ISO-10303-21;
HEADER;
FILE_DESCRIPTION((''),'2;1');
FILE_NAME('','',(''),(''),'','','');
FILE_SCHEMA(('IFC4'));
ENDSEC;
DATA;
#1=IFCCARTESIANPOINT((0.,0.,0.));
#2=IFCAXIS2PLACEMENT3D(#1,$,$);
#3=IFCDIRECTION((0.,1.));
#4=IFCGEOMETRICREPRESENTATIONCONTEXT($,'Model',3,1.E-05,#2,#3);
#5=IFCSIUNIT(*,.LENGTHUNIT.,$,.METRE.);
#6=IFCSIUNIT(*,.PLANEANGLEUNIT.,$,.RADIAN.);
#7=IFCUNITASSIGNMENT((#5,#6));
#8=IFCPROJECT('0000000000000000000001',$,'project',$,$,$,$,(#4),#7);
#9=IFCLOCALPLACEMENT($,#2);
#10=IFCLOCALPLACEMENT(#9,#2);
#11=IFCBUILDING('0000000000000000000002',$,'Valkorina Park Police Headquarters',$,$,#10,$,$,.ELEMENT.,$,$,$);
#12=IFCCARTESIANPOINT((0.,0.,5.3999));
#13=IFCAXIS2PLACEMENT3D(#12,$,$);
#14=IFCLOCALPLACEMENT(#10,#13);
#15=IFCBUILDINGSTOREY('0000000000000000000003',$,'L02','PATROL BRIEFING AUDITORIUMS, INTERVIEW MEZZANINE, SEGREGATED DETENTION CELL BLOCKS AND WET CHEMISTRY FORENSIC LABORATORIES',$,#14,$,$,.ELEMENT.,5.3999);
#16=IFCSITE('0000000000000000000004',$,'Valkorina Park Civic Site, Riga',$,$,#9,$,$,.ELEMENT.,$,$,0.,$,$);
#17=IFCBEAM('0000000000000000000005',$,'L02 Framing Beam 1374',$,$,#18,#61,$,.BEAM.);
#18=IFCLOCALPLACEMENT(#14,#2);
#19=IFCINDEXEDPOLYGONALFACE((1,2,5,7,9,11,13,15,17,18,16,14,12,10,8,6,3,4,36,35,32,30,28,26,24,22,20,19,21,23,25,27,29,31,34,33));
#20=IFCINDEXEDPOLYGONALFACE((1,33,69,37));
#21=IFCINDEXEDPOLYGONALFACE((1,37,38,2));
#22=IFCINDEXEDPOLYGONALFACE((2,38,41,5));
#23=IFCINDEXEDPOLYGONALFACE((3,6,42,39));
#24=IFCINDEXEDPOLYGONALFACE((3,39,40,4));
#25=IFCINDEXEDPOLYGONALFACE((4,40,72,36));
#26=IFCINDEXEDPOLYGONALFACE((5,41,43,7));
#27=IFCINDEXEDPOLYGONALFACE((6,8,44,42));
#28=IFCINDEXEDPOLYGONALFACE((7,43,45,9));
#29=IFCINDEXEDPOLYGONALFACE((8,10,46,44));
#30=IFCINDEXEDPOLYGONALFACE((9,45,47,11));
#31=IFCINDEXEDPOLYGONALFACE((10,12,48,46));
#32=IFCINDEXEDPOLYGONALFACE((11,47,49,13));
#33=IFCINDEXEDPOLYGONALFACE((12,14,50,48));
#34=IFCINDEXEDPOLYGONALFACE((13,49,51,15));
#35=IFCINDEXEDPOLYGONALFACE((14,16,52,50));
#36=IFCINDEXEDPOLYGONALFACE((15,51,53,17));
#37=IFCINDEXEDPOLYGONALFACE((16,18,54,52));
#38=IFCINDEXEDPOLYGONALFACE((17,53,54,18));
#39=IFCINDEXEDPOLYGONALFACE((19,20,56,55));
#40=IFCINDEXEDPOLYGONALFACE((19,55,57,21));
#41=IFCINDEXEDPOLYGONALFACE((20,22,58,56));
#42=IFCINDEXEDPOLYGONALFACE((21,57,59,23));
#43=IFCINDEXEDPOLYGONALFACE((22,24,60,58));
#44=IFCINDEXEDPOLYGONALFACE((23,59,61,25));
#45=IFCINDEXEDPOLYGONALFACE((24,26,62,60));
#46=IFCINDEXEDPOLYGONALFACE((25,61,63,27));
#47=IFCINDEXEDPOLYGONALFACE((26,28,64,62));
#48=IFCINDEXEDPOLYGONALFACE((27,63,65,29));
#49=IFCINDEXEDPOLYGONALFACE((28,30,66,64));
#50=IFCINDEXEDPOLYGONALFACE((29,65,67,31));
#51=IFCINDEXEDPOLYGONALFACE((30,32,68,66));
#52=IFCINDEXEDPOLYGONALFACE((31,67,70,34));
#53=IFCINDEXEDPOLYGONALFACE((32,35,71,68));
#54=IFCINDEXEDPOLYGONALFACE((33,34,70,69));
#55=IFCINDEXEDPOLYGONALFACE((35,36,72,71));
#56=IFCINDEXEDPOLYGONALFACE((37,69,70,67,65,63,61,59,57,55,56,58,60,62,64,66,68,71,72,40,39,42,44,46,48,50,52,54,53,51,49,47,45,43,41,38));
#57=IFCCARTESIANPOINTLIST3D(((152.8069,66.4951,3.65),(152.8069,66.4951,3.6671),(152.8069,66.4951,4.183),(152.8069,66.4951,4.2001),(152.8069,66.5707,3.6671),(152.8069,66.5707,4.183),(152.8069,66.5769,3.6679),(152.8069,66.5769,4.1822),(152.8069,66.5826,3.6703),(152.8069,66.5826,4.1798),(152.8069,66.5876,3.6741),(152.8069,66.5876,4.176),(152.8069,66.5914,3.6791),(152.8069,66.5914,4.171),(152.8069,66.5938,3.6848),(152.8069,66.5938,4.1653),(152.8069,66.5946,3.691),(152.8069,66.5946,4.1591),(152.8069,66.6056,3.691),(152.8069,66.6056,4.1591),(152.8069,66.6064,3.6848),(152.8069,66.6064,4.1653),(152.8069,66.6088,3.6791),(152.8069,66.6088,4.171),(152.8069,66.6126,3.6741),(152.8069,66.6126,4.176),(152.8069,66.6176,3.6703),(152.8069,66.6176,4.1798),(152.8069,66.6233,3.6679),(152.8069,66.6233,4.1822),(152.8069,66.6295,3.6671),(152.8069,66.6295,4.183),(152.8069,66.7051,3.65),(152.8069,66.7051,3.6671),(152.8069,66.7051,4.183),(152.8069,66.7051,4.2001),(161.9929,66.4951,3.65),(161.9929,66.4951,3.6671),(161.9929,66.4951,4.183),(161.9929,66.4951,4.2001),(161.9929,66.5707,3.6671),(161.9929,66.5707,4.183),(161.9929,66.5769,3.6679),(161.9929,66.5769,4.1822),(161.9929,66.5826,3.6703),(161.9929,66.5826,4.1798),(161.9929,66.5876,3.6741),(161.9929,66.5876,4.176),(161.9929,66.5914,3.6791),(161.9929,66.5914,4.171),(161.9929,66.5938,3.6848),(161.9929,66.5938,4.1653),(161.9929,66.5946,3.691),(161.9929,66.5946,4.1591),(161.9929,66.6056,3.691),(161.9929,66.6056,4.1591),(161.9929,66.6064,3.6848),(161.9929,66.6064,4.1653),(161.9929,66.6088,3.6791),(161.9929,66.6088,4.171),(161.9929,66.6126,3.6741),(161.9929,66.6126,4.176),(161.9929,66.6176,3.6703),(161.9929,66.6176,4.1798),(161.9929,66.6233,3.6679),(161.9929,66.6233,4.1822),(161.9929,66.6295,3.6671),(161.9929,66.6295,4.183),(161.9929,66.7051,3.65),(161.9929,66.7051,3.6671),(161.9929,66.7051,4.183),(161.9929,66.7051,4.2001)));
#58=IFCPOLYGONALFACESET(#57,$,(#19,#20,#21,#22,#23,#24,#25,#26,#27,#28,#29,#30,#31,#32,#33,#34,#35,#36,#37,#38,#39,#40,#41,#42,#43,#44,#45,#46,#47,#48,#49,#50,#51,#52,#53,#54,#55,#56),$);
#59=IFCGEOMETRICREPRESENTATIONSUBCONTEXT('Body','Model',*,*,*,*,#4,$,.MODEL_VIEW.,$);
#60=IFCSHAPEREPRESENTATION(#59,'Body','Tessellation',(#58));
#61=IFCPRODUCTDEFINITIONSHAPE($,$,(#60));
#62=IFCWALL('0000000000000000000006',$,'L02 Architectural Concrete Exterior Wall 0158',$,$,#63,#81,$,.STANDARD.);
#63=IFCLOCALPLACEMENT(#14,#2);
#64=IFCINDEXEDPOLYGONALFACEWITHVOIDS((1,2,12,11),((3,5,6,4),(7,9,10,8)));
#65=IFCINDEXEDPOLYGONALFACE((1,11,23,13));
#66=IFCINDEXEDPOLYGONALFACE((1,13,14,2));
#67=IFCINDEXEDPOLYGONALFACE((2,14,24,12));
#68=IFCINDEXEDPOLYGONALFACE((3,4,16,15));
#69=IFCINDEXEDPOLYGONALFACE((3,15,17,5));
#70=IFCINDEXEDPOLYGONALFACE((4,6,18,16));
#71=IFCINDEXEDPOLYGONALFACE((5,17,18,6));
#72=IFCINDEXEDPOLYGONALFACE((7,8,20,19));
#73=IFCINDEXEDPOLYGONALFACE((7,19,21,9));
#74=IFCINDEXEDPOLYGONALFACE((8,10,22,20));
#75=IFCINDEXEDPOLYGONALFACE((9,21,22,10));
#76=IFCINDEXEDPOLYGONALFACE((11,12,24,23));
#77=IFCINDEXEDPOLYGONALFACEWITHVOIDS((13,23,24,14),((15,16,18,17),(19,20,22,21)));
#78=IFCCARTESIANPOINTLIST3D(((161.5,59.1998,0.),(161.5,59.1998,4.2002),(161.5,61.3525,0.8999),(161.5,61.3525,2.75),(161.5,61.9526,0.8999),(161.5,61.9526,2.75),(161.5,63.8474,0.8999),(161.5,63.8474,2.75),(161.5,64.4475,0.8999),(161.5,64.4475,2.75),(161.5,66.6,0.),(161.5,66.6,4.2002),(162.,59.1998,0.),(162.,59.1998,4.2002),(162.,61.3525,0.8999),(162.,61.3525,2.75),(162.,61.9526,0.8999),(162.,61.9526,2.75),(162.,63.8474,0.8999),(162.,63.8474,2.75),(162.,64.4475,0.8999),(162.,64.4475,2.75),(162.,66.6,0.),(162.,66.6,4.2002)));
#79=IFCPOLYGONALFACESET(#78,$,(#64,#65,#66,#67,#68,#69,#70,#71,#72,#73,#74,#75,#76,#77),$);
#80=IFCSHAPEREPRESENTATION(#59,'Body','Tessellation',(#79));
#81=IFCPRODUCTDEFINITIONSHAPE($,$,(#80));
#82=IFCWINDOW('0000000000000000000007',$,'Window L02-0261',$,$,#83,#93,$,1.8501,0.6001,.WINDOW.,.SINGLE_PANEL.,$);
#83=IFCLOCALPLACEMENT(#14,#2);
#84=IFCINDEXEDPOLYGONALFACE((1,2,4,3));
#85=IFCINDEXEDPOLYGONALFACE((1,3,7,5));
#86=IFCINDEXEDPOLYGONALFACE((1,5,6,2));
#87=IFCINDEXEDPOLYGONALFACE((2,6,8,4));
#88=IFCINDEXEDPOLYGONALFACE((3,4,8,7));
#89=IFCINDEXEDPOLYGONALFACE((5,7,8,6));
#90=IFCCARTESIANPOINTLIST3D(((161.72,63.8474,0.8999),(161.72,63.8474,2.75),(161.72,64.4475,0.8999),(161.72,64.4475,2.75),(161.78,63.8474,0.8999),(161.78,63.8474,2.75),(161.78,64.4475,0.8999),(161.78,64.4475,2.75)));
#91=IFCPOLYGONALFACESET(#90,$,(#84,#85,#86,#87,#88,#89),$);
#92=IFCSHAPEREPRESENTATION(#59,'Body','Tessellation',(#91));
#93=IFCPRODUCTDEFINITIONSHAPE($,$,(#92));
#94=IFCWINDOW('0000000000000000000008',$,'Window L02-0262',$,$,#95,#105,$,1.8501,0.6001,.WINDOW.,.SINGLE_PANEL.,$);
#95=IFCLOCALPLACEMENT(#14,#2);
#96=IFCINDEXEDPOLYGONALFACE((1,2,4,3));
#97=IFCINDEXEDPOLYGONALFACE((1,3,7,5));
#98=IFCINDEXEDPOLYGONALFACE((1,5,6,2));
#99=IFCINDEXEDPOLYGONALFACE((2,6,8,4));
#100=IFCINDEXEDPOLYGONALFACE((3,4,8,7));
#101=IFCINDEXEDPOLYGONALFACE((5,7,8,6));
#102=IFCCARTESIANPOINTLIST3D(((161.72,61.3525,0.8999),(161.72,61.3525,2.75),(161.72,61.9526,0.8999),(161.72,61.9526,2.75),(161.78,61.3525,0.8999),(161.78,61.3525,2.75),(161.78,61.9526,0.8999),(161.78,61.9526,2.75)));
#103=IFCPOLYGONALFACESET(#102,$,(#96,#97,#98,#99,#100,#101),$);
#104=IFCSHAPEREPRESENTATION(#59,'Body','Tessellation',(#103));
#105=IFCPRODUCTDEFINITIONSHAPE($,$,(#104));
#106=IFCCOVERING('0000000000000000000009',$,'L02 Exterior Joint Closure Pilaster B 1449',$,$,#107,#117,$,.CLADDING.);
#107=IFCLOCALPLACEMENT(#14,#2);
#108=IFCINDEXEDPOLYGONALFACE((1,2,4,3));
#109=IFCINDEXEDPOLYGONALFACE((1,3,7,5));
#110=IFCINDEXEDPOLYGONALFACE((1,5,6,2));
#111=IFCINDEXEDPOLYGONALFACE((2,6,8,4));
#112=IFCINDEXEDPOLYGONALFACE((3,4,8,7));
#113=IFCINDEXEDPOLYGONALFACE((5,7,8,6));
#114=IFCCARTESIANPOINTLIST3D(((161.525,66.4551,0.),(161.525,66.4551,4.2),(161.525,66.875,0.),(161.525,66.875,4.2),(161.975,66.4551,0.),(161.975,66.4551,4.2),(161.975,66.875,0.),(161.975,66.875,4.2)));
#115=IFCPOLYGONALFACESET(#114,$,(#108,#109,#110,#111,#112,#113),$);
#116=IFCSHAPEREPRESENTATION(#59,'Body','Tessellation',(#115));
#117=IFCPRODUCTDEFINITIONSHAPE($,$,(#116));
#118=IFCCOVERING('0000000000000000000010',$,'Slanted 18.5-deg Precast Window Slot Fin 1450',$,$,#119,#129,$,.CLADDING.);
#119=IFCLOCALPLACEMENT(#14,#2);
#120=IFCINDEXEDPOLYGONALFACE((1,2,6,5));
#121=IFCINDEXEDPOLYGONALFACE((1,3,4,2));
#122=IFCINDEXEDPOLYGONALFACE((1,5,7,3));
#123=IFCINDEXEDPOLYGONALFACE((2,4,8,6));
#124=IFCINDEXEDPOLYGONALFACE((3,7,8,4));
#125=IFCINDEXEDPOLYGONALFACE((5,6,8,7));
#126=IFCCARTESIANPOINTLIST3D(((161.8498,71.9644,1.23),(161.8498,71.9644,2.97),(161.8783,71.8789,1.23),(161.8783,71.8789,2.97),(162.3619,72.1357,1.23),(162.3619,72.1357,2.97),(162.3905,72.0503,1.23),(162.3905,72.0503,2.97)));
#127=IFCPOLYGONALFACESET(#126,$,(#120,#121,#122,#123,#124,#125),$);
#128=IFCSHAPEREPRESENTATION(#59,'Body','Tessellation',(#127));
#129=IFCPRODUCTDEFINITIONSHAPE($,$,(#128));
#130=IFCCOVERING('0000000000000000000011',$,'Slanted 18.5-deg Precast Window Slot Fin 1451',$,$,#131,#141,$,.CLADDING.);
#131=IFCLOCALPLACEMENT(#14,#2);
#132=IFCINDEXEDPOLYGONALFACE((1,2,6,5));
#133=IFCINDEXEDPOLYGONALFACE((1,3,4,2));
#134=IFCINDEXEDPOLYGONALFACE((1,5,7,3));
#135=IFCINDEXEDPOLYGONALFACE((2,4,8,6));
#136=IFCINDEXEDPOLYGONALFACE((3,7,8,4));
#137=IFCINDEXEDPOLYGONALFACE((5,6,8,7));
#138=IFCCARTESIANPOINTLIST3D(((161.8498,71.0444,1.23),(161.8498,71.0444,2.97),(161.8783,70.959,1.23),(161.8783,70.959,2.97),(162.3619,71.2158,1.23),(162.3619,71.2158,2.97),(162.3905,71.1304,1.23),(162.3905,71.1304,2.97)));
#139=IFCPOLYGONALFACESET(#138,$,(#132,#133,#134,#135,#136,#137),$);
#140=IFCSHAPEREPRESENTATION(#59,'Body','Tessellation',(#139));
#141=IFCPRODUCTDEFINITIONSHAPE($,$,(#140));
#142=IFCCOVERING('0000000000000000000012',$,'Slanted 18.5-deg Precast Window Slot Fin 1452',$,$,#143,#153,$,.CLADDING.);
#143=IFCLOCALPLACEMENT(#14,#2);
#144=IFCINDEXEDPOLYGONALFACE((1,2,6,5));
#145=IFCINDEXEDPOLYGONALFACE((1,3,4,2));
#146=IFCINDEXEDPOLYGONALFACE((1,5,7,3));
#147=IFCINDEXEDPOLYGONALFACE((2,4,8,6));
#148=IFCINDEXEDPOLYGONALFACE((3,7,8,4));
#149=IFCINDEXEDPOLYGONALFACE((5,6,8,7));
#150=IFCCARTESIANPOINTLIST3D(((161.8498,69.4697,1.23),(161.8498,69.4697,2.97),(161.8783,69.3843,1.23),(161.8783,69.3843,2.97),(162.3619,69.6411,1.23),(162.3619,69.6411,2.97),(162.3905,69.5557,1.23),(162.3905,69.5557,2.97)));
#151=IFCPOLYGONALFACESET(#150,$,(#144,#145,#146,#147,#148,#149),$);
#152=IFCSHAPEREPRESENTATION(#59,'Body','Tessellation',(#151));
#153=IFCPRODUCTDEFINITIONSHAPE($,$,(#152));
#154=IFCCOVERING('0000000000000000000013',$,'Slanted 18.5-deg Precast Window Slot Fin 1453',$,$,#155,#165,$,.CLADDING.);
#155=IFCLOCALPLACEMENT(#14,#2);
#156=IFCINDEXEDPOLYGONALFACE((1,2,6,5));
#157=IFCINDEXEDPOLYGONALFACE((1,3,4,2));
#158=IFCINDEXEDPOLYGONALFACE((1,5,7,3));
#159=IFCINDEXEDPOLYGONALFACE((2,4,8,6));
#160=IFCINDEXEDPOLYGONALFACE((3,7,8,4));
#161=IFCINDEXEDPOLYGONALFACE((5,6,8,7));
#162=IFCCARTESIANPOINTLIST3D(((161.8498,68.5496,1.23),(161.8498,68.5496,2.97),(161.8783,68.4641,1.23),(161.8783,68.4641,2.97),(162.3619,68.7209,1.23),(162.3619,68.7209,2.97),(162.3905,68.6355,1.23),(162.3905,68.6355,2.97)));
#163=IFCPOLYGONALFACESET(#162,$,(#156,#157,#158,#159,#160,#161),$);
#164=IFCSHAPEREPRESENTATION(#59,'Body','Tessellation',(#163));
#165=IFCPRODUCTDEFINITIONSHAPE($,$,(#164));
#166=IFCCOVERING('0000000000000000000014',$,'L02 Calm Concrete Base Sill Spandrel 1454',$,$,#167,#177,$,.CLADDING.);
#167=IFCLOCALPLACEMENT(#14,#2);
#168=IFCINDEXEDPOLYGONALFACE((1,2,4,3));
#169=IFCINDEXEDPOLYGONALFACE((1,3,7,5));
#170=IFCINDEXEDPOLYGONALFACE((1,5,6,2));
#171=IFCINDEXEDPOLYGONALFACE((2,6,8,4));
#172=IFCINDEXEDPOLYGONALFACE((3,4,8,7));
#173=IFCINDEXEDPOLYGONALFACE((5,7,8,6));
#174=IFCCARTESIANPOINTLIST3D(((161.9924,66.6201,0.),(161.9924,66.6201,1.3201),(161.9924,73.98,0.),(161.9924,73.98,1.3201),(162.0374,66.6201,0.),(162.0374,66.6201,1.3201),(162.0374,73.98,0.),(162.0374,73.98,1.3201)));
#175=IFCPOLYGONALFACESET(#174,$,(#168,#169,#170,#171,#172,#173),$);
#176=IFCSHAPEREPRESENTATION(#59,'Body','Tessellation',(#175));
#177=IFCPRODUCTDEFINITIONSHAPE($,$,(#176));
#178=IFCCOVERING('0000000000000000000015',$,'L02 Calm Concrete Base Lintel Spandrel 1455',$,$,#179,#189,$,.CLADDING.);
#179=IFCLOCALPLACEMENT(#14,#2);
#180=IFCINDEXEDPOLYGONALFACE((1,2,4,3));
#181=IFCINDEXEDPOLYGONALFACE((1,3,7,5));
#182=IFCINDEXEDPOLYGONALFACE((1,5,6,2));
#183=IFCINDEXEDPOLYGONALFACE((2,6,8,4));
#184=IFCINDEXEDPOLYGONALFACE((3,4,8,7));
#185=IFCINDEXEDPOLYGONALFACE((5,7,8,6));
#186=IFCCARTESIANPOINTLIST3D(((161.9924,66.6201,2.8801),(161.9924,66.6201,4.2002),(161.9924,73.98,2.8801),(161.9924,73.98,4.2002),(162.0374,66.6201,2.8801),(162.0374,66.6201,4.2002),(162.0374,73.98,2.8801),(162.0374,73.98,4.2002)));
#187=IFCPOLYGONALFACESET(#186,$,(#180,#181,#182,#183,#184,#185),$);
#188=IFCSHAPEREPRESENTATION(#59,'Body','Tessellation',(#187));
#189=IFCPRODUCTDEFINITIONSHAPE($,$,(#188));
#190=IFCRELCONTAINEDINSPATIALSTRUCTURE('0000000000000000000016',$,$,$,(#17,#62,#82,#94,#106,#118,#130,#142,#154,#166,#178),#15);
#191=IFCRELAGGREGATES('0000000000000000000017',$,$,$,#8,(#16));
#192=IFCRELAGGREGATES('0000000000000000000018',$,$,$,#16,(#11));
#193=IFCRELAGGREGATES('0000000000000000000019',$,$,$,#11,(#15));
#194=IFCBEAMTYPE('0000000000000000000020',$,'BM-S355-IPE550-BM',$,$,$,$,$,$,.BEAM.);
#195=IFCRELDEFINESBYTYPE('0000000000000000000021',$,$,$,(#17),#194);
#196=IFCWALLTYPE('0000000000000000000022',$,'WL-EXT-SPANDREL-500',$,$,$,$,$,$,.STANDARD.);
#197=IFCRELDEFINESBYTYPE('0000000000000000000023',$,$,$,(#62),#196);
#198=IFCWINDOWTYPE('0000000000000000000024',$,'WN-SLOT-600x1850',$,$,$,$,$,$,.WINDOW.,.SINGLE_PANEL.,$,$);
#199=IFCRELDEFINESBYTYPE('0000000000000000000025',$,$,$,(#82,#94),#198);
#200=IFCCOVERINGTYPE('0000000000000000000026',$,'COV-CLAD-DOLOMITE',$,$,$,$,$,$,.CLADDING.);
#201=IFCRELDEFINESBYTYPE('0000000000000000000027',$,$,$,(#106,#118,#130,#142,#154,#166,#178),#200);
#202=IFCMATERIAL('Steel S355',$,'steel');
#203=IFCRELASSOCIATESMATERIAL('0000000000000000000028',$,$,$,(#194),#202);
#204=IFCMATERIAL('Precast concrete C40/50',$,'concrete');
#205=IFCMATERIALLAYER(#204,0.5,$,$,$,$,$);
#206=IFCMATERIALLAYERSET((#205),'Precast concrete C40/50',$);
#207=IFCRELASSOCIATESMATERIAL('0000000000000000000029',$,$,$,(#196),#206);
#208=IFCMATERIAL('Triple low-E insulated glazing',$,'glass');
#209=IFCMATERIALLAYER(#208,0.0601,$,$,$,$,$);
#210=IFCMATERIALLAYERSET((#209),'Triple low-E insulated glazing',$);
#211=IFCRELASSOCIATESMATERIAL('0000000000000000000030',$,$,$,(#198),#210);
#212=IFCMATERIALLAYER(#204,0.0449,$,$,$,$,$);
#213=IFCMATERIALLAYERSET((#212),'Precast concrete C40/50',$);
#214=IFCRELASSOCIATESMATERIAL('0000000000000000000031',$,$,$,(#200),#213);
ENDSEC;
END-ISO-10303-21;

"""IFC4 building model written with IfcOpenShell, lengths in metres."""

from ifc_helpers import new_model, si_unit, direction, frame, frame_2d, origin, origin_2d, place, context, subcontext, project, spatial, rectangle, i_section, extrude, material, layer, layer_set, material_profile, profile_set, type_object, element, fill, save


model = new_model("IFC4")

# Units and contexts
model_context = context("Model", 3, precision=1e-05, world=origin(), true_north=direction((0.0, 1.0)))
body_context = subcontext(model_context, "Body", "Model", "MODEL_VIEW")
ifc_project = project(units=[si_unit("LENGTHUNIT", "METRE"), si_unit("PLANEANGLEUNIT", "RADIAN")], contexts=[model_context])

# Site, building, storey
site_placement = place(None, origin())
site = spatial("IfcSite", under=ifc_project, at=site_placement, Name="Valkorina Park Civic Site, Riga", CompositionType="ELEMENT", RefElevation=0.0)
building_placement = place(site_placement, origin())
building = spatial("IfcBuilding", under=site, at=building_placement, Name="Valkorina Park Police Headquarters", CompositionType="ELEMENT")
storey_placement = place(building_placement, frame((0.0, 0.0, 5.3999)))
storey = spatial("IfcBuildingStorey", under=building, at=storey_placement, Name="L02", Description="PATROL BRIEFING AUDITORIUMS, INTERVIEW MEZZANINE, SEGREGATED DETENTION CELL BLOCKS AND WET CHEMISTRY FORENSIC LABORATORIES", CompositionType="ELEMENT", Elevation=5.3999)

# Shared definitions
ifc_material_1 = material(Name="Steel S355", Category="steel")

# Beam
ifc_material_profile_1 = material_profile(ifc_material_1, i_section(OverallWidth=0.21, OverallDepth=0.55, WebThickness=0.011, FlangeThickness=0.0171, FilletRadius=0.0239, at=origin_2d()), Name="IPE 550")
ifc_profile_set_1 = profile_set([ifc_material_profile_1], Name="Steel S355")
beam_type_1 = type_object("IfcBeamType", Name="BM-S355-IPE550-BM", PredefinedType="BEAM", material=ifc_profile_set_1)
beam_1_placement = place(storey_placement, frame((152.8069, 66.6001, 3.925), z_axis=(1.0, 0.0, 0.0), x_axis=(0.0, 1.0, 0.0)))
element("IfcBeam", 1, at=beam_1_placement, inside=storey, type_object=beam_type_1, Name="L02 Framing Beam 1374", PredefinedType="BEAM", context=body_context, shape_type="SweptSolid", body=[
    extrude(i_section(OverallWidth=0.21, OverallDepth=0.55, WebThickness=0.011, FlangeThickness=0.0171, FilletRadius=0.0239, at=origin_2d()), origin(), (0.0, 0.0, 1.0), 9.186),
])

# Wall, openings, windows
ifc_material_2 = material(Name="Precast concrete C40/50", Category="concrete")
ifc_layer_1 = layer(ifc_material_2, 0.5)
ifc_layer_set_1 = layer_set([ifc_layer_1], Name="Precast concrete C40/50")
wall_type = type_object("IfcWallType", Name="WL-EXT-SPANDREL-500", PredefinedType="STANDARD", material=ifc_layer_set_1)
wall_placement = place(storey_placement, frame((161.75, 66.6001, 0.0), z_axis=(0.0, 0.0, 1.0), x_axis=(0.0, -1.0, 0.0)))
wall = element("IfcWall", 2, at=wall_placement, inside=storey, type_object=wall_type, Name="L02 Architectural Concrete Exterior Wall 0158", PredefinedType="STANDARD", context=body_context, shape_type="SweptSolid", body=[
    extrude(rectangle(XDim=7.4001, YDim=0.5, at=frame_2d((3.7002, 0.0))), origin(), (0.0, 0.0, 1.0), 4.2002),
])
opening_1_placement = place(wall_placement, frame((2.1526, 0.0, 0.8999)))
opening_1 = element("IfcOpeningElement", 3, at=opening_1_placement, cuts=wall, PredefinedType="OPENING", context=body_context, shape_type="SweptSolid", body=[
    extrude(rectangle(XDim=0.6001, YDim=1.8501, at=frame_2d((0.3, 0.925))), frame((0.0, 0.26, 0.0), z_axis=(0.0, -1.0, 0.0), x_axis=(1.0, 0.0, 0.0)), (0.0, 0.0, 1.0), 0.52),
])
opening_2_placement = place(wall_placement, frame((4.6475, 0.0, 0.8999)))
opening_2 = element("IfcOpeningElement", 4, at=opening_2_placement, cuts=wall, PredefinedType="OPENING", context=body_context, shape_type="SweptSolid", body=[
    extrude(rectangle(XDim=0.6001, YDim=1.8501, at=frame_2d((0.3, 0.925))), frame((0.0, 0.26, 0.0), z_axis=(0.0, -1.0, 0.0), x_axis=(1.0, 0.0, 0.0)), (0.0, 0.0, 1.0), 0.52),
])
ifc_material_3 = material(Name="Triple low-E insulated glazing", Category="glass")
ifc_layer_2 = layer(ifc_material_3, 0.0601)
ifc_layer_set_2 = layer_set([ifc_layer_2], Name="Triple low-E insulated glazing")
window_type = type_object("IfcWindowType", Name="WN-SLOT-600x1850", PartitioningType="SINGLE_PANEL", PredefinedType="WINDOW", material=ifc_layer_set_2)
window_1_placement = place(opening_1_placement, origin())
window_1 = element("IfcWindow", 5, at=window_1_placement, inside=storey, type_object=window_type, Name="Window L02-0261", OverallHeight=1.8501, OverallWidth=0.6001, PartitioningType="SINGLE_PANEL", PredefinedType="WINDOW", context=body_context, shape_type="SweptSolid", body=[
    extrude(rectangle(XDim=0.6001, YDim=1.8501, at=frame_2d((0.3, 0.925))), frame((0.0, 0.03, 0.0), z_axis=(0.0, -1.0, 0.0), x_axis=(1.0, 0.0, 0.0)), (0.0, 0.0, 1.0), 0.0601),
])
fill(opening_1, window_1)
window_2_placement = place(opening_2_placement, origin())
window_2 = element("IfcWindow", 6, at=window_2_placement, inside=storey, type_object=window_type, Name="Window L02-0262", OverallHeight=1.8501, OverallWidth=0.6001, PartitioningType="SINGLE_PANEL", PredefinedType="WINDOW", context=body_context, shape_type="SweptSolid", body=[
    extrude(rectangle(XDim=0.6001, YDim=1.8501, at=frame_2d((0.3, 0.925))), frame((0.0, 0.03, 0.0), z_axis=(0.0, -1.0, 0.0), x_axis=(1.0, 0.0, 0.0)), (0.0, 0.0, 1.0), 0.0601),
])
fill(opening_2, window_2)

# Coverings
ifc_layer_3 = layer(ifc_material_2, 0.0449)
ifc_layer_set_3 = layer_set([ifc_layer_3], Name="Precast concrete C40/50")
covering_type = type_object("IfcCoveringType", Name="COV-CLAD-DOLOMITE", PredefinedType="CLADDING", material=ifc_layer_set_3)
covering_1_placement = place(storey_placement, frame((161.75, 66.665, 0.0), z_axis=(0.0, 0.0, 1.0), x_axis=(0.0, 1.0, 0.0)))
element("IfcCovering", 7, at=covering_1_placement, inside=storey, type_object=covering_type, Name="L02 Exterior Joint Closure Pilaster B 1449", PredefinedType="CLADDING", context=body_context, shape_type="SweptSolid", body=[
    extrude(rectangle(XDim=0.4199, YDim=0.45, at=origin_2d()), origin(), (0.0, 0.0, 1.0), 4.2),
])
for number, where, z_axis, x_axis, name in (
    (8, (162.1201, 72.0073, 1.23), (0.0, 0.0, 1.0), (0.948324, 0.317305, 0.0), "Slanted 18.5-deg Precast Window Slot Fin 1450"),
    (9, (162.1201, 71.0874, 1.23), (0.0, 0.0, 1.0), (0.948324, 0.317305, 0.0), "Slanted 18.5-deg Precast Window Slot Fin 1451"),
    (10, (162.1201, 69.5127, 1.23), (0.0, 0.0, 1.0), (0.948324, 0.317305, 0.0), "Slanted 18.5-deg Precast Window Slot Fin 1452"),
    (11, (162.1201, 68.5925, 1.23), (0.0, 0.0, 1.0), (0.948324, 0.317305, 0.0), "Slanted 18.5-deg Precast Window Slot Fin 1453"),
):
    element("IfcCovering", number, at=place(storey_placement, frame(where, z_axis=z_axis, x_axis=x_axis)), inside=storey, type_object=covering_type, Name=name, PredefinedType="CLADDING", context=body_context, shape_type="SweptSolid", body=[
        extrude(rectangle(XDim=0.54, YDim=0.0901, at=origin_2d()), origin(), (0.0, 0.0, 1.0), 1.74),
    ])
for number, where, z_axis, x_axis, name in (
    (12, (162.0149, 73.98, 0.0), (0.0, 0.0, 1.0), (0.0, -1.0, 0.0), "L02 Calm Concrete Base Sill Spandrel 1454"),
    (13, (162.0149, 73.98, 2.8801), (0.0, 0.0, 1.0), (0.0, -1.0, 0.0), "L02 Calm Concrete Base Lintel Spandrel 1455"),
):
    element("IfcCovering", number, at=place(storey_placement, frame(where, z_axis=z_axis, x_axis=x_axis)), inside=storey, type_object=covering_type, Name=name, PredefinedType="CLADDING", context=body_context, shape_type="SweptSolid", body=[
        extrude(rectangle(XDim=7.3599, YDim=0.0449, at=frame_2d((3.6799, 0.0))), origin(), (0.0, 0.0, 1.0), 1.3201),
    ])

save(model, "model.ifc")
